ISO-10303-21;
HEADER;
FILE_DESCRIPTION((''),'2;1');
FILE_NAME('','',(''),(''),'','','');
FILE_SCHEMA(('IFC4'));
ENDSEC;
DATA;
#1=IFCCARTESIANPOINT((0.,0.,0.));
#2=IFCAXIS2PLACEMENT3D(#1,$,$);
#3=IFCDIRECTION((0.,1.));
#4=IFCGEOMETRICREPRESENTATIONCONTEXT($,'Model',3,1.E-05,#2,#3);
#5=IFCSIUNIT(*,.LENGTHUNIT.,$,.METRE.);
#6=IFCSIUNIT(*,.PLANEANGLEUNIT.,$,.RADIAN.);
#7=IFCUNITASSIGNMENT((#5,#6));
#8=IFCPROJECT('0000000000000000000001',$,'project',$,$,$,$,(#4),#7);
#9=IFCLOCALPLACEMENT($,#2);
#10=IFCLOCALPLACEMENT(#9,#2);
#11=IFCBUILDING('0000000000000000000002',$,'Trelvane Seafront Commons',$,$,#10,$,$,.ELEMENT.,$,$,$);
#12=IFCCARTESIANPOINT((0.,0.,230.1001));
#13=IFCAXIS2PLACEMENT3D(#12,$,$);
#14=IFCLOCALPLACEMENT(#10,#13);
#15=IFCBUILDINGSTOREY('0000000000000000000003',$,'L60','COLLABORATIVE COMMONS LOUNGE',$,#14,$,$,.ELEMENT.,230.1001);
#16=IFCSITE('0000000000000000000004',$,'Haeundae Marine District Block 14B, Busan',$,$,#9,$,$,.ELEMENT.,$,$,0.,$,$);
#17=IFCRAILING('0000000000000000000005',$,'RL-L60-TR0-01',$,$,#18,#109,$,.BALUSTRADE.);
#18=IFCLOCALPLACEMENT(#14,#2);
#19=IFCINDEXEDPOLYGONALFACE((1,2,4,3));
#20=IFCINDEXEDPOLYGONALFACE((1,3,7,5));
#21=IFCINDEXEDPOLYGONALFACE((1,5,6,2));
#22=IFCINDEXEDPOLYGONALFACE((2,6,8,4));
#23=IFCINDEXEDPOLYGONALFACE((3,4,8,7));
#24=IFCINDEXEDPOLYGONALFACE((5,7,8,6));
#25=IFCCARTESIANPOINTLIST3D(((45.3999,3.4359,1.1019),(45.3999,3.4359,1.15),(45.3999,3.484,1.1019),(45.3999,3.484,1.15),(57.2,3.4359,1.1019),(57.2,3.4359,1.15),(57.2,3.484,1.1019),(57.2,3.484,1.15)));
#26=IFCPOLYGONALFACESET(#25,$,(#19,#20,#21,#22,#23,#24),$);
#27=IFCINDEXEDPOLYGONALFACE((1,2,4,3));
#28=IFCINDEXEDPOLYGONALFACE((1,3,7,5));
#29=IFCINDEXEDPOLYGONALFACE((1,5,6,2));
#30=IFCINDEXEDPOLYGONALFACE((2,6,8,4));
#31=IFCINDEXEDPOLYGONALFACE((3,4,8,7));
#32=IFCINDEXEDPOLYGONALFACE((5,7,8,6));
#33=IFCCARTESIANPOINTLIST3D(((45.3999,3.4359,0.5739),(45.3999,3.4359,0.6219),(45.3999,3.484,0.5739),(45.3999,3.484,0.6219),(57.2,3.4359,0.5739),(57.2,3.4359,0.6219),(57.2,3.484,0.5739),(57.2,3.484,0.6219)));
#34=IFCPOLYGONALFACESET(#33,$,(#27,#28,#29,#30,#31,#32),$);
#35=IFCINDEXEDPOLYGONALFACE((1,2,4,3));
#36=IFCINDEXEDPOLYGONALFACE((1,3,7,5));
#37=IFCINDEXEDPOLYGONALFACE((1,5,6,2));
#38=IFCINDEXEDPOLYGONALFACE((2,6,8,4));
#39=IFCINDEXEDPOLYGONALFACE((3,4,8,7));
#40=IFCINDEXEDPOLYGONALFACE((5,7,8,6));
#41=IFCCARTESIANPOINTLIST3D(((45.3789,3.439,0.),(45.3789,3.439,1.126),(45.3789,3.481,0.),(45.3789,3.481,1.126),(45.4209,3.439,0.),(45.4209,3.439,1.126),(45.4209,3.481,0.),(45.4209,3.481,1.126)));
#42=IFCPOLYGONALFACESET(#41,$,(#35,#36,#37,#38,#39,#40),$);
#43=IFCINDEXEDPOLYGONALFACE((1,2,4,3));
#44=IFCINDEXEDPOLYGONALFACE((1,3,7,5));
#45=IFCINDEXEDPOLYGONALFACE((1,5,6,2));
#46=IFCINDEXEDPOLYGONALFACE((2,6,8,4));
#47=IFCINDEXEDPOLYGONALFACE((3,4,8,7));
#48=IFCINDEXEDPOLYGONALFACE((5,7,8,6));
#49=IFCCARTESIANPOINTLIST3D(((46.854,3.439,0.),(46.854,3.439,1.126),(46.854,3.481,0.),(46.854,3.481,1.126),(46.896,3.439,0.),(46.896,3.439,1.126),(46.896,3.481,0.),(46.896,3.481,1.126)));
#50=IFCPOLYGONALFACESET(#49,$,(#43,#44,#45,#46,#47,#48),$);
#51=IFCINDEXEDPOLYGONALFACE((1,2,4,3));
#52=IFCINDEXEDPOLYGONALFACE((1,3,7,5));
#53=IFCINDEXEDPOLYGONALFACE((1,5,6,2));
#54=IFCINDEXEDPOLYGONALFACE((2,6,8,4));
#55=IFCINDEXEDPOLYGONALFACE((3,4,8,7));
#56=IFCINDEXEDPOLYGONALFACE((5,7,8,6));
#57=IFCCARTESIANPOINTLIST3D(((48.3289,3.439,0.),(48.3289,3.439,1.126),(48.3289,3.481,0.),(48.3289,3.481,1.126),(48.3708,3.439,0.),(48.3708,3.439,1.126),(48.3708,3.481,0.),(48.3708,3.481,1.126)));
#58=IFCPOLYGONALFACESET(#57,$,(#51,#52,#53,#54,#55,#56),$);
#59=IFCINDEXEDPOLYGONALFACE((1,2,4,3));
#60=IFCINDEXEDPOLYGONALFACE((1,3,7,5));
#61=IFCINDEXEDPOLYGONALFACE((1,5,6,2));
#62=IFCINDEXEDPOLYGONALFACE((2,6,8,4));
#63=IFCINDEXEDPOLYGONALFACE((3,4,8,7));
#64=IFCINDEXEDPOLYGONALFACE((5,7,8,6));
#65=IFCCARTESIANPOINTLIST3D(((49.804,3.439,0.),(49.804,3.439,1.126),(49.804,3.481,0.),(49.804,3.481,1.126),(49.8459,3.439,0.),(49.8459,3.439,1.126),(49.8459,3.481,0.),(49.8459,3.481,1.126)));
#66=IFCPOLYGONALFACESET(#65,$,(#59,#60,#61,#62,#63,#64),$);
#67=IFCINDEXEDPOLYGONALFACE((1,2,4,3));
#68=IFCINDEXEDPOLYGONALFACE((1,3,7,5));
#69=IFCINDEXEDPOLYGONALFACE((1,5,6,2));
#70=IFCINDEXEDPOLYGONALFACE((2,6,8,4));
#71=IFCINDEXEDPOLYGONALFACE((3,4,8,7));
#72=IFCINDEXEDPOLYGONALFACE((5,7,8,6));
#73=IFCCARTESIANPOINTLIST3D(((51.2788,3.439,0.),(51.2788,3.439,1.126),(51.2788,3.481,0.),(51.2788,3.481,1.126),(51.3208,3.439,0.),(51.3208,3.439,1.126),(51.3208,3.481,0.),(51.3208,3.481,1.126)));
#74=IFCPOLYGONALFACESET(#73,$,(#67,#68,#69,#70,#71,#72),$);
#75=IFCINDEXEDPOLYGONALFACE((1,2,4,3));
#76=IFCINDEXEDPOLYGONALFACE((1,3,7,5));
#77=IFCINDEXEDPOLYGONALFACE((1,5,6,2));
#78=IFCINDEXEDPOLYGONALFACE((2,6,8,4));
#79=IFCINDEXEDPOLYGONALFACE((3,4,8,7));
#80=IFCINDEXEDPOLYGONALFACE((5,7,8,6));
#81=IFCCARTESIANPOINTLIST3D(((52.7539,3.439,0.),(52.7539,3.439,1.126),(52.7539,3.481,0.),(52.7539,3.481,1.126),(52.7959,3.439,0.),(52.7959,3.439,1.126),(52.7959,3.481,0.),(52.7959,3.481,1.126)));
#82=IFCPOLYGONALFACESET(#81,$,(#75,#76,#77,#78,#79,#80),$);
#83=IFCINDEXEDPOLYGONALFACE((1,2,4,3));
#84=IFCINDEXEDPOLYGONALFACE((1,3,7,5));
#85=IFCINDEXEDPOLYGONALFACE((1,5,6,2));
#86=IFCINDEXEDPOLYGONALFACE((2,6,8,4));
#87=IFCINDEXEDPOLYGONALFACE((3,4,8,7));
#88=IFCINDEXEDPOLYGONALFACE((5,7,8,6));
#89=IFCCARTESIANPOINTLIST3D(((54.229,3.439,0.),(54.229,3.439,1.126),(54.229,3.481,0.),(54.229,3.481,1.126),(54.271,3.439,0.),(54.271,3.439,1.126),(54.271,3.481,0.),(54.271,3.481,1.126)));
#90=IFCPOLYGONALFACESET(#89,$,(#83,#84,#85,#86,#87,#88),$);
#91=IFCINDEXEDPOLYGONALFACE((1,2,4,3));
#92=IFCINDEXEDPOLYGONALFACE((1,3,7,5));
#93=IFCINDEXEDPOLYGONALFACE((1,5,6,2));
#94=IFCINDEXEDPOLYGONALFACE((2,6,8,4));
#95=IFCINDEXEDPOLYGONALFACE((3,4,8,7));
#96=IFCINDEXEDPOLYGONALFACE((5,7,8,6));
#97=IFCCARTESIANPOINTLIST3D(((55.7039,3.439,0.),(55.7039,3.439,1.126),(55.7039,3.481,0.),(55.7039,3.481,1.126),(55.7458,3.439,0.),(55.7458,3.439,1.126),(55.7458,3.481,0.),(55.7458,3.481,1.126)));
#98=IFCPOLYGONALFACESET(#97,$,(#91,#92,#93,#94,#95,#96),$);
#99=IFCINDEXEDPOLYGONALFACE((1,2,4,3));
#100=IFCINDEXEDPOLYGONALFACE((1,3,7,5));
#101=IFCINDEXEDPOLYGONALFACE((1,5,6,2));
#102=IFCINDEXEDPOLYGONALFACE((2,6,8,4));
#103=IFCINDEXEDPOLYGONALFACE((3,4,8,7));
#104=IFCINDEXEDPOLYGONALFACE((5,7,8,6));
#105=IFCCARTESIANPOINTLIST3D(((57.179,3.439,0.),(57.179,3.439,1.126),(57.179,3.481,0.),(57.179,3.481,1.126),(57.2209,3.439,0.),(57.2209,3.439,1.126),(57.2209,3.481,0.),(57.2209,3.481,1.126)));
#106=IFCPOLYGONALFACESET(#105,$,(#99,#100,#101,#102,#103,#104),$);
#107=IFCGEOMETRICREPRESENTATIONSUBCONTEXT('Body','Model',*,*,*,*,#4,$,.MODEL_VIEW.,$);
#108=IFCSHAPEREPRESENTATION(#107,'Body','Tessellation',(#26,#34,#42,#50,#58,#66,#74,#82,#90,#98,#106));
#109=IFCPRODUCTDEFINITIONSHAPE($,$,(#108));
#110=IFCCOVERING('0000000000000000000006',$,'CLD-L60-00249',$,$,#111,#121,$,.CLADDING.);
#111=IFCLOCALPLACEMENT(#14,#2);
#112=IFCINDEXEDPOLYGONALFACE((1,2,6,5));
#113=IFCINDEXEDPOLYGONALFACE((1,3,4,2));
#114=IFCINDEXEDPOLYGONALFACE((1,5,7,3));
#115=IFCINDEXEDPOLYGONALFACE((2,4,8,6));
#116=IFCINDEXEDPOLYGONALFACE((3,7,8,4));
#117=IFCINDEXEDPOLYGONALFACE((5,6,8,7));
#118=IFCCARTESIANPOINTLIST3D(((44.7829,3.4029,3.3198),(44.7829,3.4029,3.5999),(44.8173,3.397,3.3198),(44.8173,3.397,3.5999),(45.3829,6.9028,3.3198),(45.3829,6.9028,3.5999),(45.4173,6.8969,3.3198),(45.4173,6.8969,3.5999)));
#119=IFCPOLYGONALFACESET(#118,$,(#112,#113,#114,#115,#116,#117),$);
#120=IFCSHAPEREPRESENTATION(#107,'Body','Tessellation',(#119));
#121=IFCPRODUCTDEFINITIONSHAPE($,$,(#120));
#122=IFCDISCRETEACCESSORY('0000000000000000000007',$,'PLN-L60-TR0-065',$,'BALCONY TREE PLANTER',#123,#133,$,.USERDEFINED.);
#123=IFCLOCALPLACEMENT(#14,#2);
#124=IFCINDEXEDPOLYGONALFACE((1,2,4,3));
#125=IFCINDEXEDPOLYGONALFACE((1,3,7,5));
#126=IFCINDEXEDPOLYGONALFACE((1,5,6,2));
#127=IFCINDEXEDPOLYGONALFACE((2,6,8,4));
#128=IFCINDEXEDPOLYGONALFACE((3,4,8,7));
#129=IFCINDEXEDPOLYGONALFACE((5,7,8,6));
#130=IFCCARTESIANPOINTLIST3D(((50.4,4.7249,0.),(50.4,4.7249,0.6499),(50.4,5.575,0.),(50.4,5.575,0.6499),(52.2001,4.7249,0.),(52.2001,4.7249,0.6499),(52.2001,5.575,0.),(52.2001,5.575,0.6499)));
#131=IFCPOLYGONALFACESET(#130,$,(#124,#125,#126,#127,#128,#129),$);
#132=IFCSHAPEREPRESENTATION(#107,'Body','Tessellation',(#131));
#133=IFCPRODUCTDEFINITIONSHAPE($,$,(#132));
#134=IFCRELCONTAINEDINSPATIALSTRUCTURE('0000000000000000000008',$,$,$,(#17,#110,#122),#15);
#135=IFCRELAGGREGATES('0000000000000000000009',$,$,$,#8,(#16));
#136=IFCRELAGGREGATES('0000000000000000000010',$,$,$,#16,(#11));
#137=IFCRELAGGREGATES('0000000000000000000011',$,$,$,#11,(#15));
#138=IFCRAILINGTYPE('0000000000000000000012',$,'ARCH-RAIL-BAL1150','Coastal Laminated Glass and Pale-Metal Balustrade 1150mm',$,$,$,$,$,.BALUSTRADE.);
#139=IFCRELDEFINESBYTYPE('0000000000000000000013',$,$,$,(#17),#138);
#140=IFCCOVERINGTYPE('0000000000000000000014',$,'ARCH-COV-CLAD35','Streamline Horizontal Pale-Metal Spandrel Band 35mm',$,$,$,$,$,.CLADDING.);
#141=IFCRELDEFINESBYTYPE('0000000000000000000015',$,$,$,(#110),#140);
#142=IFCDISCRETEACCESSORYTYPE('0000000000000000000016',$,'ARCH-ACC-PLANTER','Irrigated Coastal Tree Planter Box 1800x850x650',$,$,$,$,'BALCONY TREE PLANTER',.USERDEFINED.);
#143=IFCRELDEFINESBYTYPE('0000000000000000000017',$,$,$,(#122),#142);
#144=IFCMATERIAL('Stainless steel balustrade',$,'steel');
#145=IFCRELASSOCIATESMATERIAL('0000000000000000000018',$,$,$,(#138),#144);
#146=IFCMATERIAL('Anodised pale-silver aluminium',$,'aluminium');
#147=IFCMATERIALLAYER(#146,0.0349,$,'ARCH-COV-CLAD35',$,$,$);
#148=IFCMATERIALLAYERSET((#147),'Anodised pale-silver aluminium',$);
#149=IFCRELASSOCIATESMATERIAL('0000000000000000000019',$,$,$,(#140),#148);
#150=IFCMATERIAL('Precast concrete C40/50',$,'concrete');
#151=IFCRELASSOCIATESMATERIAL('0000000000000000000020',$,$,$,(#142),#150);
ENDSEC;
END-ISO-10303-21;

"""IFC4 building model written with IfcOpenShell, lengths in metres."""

from ifc_helpers import new_model, si_unit, direction, frame, origin, origin_2d, place, context, subcontext, project, spatial, rectangle, extrude, source, transform, mapped, material, layer, layer_set, type_object, element, save


model = new_model("IFC4")

# Units and contexts
model_context = context("Model", 3, precision=1e-05, world=origin(), true_north=direction((0.0, 1.0)))
body_context = subcontext(model_context, "Body", "Model", "MODEL_VIEW")
ifc_project = project(units=[si_unit("LENGTHUNIT", "METRE"), si_unit("PLANEANGLEUNIT", "RADIAN")], contexts=[model_context])

# Site, building, storey
site_placement = place(None, origin())
site = spatial("IfcSite", under=ifc_project, at=site_placement, Name="Haeundae Marine District Block 14B, Busan", CompositionType="ELEMENT", RefElevation=0.0)
building_placement = place(site_placement, origin())
building = spatial("IfcBuilding", under=site, at=building_placement, Name="Trelvane Seafront Commons", CompositionType="ELEMENT")
storey_placement = place(building_placement, frame((0.0, 0.0, 230.1001)))
storey = spatial("IfcBuildingStorey", under=building, at=storey_placement, Name="L60", Description="COLLABORATIVE COMMONS LOUNGE", CompositionType="ELEMENT", Elevation=230.1001)

# Shared definitions
ifc_material_1 = material(Name="Anodised pale-silver aluminium", Category="aluminium")

# Shared definitions
ifc_material_2 = material(Name="Precast concrete C40/50", Category="concrete")

# Railing
ifc_material_3 = material(Name="Stainless steel balustrade", Category="steel")
railing_type = type_object("IfcRailingType", Name="ARCH-RAIL-BAL1150", Description="Coastal Laminated Glass and Pale-Metal Balustrade 1150mm", PredefinedType="BALUSTRADE", material=ifc_material_3)
railing_placement = place(storey_placement, frame((45.3999, 3.46, 0.0)))
element("IfcRailing", 1, at=railing_placement, inside=storey, type_object=railing_type, Name="RL-L60-TR0-01", PredefinedType="BALUSTRADE", context=body_context, shape_type="SweptSolid", body=[
    extrude(rectangle(XDim=0.0481, YDim=0.0481, at=origin_2d()), frame((0.0, 0.0, 1.126), z_axis=(1.0, 0.0, 0.0), x_axis=(0.0, 1.0, 0.0)), (0.0, 0.0, 1.0), 11.8),
    extrude(rectangle(XDim=0.0481, YDim=0.0481, at=origin_2d()), frame((0.0, 0.0, 0.5979), z_axis=(1.0, 0.0, 0.0), x_axis=(0.0, 1.0, 0.0)), (0.0, 0.0, 1.0), 11.8),
    extrude(rectangle(XDim=0.042, YDim=0.042, at=origin_2d()), origin(), (0.0, 0.0, 1.0), 1.126),
    extrude(rectangle(XDim=0.042, YDim=0.042, at=origin_2d()), frame((1.4751, 0.0, 0.0)), (0.0, 0.0, 1.0), 1.126),
    extrude(rectangle(XDim=0.042, YDim=0.042, at=origin_2d()), frame((2.95, 0.0, 0.0)), (0.0, 0.0, 1.0), 1.126),
    extrude(rectangle(XDim=0.042, YDim=0.042, at=origin_2d()), frame((4.425, 0.0, 0.0)), (0.0, 0.0, 1.0), 1.126),
    extrude(rectangle(XDim=0.042, YDim=0.042, at=origin_2d()), frame((5.8999, 0.0, 0.0)), (0.0, 0.0, 1.0), 1.126),
    extrude(rectangle(XDim=0.042, YDim=0.042, at=origin_2d()), frame((7.375, 0.0, 0.0)), (0.0, 0.0, 1.0), 1.126),
    extrude(rectangle(XDim=0.042, YDim=0.042, at=origin_2d()), frame((8.8501, 0.0, 0.0)), (0.0, 0.0, 1.0), 1.126),
    extrude(rectangle(XDim=0.042, YDim=0.042, at=origin_2d()), frame((10.325, 0.0, 0.0)), (0.0, 0.0, 1.0), 1.126),
    extrude(rectangle(XDim=0.042, YDim=0.042, at=origin_2d()), frame((11.8, 0.0, 0.0)), (0.0, 0.0, 1.0), 1.126),
])

# Covering
ifc_layer_1 = layer(ifc_material_1, 0.0349, Name="ARCH-COV-CLAD35")
ifc_layer_set_1 = layer_set([ifc_layer_1], Name="Anodised pale-silver aluminium")
covering_type = type_object("IfcCoveringType", Name="ARCH-COV-CLAD35", Description="Streamline Horizontal Pale-Metal Spandrel Band 35mm", PredefinedType="CLADDING", material=ifc_layer_set_1)
shared_shape_1 = source(origin(), body_context, "Body", "SweptSolid", [
    extrude(rectangle(XDim=3.551, YDim=0.0349, at=origin_2d()), origin(), (0.0, 0.0, 1.0), 0.28),
])
covering_placement = place(storey_placement, frame((45.1001, 5.1499, 3.3198), z_axis=(0.0, 0.0, 1.0), x_axis=(-0.168964, -0.985622, 0.0)))
element("IfcCovering", 2, at=covering_placement, inside=storey, type_object=covering_type, Name="CLD-L60-00249", PredefinedType="CLADDING", context=body_context, shape_type="MappedRepresentation", body=[
    mapped(shared_shape_1, transform((0.0, 0.0, 0.0), x_axis=(1.0, 0.0, 0.0), y_axis=(0.0, 1.0, 0.0), z_axis=(0.0, 0.0, 1.0), scale=1.0)),
])

# Discrete accessory
discrete_accessory_type = type_object("IfcDiscreteAccessoryType", Name="ARCH-ACC-PLANTER", Description="Irrigated Coastal Tree Planter Box 1800x850x650", ElementType="BALCONY TREE PLANTER", PredefinedType="USERDEFINED", material=ifc_material_2)
shared_shape_2 = source(origin(), body_context, "Body", "SweptSolid", [
    extrude(rectangle(XDim=1.8, YDim=0.8501, at=origin_2d()), origin(), (0.0, 0.0, 1.0), 0.6499),
])
discrete_accessory_placement = place(storey_placement, frame((51.3, 5.1499, 0.0), z_axis=(0.0, 0.0, 1.0), x_axis=(1.0, 0.0, 0.0)))
element("IfcDiscreteAccessory", 3, at=discrete_accessory_placement, inside=storey, type_object=discrete_accessory_type, Name="PLN-L60-TR0-065", ObjectType="BALCONY TREE PLANTER", PredefinedType="USERDEFINED", context=body_context, shape_type="MappedRepresentation", body=[
    mapped(shared_shape_2, transform((0.0, 0.0, 0.0), x_axis=(1.0, 0.0, 0.0), y_axis=(0.0, 1.0, 0.0), z_axis=(0.0, 0.0, 1.0), scale=1.0)),
])

save(model, "model.ifc")
